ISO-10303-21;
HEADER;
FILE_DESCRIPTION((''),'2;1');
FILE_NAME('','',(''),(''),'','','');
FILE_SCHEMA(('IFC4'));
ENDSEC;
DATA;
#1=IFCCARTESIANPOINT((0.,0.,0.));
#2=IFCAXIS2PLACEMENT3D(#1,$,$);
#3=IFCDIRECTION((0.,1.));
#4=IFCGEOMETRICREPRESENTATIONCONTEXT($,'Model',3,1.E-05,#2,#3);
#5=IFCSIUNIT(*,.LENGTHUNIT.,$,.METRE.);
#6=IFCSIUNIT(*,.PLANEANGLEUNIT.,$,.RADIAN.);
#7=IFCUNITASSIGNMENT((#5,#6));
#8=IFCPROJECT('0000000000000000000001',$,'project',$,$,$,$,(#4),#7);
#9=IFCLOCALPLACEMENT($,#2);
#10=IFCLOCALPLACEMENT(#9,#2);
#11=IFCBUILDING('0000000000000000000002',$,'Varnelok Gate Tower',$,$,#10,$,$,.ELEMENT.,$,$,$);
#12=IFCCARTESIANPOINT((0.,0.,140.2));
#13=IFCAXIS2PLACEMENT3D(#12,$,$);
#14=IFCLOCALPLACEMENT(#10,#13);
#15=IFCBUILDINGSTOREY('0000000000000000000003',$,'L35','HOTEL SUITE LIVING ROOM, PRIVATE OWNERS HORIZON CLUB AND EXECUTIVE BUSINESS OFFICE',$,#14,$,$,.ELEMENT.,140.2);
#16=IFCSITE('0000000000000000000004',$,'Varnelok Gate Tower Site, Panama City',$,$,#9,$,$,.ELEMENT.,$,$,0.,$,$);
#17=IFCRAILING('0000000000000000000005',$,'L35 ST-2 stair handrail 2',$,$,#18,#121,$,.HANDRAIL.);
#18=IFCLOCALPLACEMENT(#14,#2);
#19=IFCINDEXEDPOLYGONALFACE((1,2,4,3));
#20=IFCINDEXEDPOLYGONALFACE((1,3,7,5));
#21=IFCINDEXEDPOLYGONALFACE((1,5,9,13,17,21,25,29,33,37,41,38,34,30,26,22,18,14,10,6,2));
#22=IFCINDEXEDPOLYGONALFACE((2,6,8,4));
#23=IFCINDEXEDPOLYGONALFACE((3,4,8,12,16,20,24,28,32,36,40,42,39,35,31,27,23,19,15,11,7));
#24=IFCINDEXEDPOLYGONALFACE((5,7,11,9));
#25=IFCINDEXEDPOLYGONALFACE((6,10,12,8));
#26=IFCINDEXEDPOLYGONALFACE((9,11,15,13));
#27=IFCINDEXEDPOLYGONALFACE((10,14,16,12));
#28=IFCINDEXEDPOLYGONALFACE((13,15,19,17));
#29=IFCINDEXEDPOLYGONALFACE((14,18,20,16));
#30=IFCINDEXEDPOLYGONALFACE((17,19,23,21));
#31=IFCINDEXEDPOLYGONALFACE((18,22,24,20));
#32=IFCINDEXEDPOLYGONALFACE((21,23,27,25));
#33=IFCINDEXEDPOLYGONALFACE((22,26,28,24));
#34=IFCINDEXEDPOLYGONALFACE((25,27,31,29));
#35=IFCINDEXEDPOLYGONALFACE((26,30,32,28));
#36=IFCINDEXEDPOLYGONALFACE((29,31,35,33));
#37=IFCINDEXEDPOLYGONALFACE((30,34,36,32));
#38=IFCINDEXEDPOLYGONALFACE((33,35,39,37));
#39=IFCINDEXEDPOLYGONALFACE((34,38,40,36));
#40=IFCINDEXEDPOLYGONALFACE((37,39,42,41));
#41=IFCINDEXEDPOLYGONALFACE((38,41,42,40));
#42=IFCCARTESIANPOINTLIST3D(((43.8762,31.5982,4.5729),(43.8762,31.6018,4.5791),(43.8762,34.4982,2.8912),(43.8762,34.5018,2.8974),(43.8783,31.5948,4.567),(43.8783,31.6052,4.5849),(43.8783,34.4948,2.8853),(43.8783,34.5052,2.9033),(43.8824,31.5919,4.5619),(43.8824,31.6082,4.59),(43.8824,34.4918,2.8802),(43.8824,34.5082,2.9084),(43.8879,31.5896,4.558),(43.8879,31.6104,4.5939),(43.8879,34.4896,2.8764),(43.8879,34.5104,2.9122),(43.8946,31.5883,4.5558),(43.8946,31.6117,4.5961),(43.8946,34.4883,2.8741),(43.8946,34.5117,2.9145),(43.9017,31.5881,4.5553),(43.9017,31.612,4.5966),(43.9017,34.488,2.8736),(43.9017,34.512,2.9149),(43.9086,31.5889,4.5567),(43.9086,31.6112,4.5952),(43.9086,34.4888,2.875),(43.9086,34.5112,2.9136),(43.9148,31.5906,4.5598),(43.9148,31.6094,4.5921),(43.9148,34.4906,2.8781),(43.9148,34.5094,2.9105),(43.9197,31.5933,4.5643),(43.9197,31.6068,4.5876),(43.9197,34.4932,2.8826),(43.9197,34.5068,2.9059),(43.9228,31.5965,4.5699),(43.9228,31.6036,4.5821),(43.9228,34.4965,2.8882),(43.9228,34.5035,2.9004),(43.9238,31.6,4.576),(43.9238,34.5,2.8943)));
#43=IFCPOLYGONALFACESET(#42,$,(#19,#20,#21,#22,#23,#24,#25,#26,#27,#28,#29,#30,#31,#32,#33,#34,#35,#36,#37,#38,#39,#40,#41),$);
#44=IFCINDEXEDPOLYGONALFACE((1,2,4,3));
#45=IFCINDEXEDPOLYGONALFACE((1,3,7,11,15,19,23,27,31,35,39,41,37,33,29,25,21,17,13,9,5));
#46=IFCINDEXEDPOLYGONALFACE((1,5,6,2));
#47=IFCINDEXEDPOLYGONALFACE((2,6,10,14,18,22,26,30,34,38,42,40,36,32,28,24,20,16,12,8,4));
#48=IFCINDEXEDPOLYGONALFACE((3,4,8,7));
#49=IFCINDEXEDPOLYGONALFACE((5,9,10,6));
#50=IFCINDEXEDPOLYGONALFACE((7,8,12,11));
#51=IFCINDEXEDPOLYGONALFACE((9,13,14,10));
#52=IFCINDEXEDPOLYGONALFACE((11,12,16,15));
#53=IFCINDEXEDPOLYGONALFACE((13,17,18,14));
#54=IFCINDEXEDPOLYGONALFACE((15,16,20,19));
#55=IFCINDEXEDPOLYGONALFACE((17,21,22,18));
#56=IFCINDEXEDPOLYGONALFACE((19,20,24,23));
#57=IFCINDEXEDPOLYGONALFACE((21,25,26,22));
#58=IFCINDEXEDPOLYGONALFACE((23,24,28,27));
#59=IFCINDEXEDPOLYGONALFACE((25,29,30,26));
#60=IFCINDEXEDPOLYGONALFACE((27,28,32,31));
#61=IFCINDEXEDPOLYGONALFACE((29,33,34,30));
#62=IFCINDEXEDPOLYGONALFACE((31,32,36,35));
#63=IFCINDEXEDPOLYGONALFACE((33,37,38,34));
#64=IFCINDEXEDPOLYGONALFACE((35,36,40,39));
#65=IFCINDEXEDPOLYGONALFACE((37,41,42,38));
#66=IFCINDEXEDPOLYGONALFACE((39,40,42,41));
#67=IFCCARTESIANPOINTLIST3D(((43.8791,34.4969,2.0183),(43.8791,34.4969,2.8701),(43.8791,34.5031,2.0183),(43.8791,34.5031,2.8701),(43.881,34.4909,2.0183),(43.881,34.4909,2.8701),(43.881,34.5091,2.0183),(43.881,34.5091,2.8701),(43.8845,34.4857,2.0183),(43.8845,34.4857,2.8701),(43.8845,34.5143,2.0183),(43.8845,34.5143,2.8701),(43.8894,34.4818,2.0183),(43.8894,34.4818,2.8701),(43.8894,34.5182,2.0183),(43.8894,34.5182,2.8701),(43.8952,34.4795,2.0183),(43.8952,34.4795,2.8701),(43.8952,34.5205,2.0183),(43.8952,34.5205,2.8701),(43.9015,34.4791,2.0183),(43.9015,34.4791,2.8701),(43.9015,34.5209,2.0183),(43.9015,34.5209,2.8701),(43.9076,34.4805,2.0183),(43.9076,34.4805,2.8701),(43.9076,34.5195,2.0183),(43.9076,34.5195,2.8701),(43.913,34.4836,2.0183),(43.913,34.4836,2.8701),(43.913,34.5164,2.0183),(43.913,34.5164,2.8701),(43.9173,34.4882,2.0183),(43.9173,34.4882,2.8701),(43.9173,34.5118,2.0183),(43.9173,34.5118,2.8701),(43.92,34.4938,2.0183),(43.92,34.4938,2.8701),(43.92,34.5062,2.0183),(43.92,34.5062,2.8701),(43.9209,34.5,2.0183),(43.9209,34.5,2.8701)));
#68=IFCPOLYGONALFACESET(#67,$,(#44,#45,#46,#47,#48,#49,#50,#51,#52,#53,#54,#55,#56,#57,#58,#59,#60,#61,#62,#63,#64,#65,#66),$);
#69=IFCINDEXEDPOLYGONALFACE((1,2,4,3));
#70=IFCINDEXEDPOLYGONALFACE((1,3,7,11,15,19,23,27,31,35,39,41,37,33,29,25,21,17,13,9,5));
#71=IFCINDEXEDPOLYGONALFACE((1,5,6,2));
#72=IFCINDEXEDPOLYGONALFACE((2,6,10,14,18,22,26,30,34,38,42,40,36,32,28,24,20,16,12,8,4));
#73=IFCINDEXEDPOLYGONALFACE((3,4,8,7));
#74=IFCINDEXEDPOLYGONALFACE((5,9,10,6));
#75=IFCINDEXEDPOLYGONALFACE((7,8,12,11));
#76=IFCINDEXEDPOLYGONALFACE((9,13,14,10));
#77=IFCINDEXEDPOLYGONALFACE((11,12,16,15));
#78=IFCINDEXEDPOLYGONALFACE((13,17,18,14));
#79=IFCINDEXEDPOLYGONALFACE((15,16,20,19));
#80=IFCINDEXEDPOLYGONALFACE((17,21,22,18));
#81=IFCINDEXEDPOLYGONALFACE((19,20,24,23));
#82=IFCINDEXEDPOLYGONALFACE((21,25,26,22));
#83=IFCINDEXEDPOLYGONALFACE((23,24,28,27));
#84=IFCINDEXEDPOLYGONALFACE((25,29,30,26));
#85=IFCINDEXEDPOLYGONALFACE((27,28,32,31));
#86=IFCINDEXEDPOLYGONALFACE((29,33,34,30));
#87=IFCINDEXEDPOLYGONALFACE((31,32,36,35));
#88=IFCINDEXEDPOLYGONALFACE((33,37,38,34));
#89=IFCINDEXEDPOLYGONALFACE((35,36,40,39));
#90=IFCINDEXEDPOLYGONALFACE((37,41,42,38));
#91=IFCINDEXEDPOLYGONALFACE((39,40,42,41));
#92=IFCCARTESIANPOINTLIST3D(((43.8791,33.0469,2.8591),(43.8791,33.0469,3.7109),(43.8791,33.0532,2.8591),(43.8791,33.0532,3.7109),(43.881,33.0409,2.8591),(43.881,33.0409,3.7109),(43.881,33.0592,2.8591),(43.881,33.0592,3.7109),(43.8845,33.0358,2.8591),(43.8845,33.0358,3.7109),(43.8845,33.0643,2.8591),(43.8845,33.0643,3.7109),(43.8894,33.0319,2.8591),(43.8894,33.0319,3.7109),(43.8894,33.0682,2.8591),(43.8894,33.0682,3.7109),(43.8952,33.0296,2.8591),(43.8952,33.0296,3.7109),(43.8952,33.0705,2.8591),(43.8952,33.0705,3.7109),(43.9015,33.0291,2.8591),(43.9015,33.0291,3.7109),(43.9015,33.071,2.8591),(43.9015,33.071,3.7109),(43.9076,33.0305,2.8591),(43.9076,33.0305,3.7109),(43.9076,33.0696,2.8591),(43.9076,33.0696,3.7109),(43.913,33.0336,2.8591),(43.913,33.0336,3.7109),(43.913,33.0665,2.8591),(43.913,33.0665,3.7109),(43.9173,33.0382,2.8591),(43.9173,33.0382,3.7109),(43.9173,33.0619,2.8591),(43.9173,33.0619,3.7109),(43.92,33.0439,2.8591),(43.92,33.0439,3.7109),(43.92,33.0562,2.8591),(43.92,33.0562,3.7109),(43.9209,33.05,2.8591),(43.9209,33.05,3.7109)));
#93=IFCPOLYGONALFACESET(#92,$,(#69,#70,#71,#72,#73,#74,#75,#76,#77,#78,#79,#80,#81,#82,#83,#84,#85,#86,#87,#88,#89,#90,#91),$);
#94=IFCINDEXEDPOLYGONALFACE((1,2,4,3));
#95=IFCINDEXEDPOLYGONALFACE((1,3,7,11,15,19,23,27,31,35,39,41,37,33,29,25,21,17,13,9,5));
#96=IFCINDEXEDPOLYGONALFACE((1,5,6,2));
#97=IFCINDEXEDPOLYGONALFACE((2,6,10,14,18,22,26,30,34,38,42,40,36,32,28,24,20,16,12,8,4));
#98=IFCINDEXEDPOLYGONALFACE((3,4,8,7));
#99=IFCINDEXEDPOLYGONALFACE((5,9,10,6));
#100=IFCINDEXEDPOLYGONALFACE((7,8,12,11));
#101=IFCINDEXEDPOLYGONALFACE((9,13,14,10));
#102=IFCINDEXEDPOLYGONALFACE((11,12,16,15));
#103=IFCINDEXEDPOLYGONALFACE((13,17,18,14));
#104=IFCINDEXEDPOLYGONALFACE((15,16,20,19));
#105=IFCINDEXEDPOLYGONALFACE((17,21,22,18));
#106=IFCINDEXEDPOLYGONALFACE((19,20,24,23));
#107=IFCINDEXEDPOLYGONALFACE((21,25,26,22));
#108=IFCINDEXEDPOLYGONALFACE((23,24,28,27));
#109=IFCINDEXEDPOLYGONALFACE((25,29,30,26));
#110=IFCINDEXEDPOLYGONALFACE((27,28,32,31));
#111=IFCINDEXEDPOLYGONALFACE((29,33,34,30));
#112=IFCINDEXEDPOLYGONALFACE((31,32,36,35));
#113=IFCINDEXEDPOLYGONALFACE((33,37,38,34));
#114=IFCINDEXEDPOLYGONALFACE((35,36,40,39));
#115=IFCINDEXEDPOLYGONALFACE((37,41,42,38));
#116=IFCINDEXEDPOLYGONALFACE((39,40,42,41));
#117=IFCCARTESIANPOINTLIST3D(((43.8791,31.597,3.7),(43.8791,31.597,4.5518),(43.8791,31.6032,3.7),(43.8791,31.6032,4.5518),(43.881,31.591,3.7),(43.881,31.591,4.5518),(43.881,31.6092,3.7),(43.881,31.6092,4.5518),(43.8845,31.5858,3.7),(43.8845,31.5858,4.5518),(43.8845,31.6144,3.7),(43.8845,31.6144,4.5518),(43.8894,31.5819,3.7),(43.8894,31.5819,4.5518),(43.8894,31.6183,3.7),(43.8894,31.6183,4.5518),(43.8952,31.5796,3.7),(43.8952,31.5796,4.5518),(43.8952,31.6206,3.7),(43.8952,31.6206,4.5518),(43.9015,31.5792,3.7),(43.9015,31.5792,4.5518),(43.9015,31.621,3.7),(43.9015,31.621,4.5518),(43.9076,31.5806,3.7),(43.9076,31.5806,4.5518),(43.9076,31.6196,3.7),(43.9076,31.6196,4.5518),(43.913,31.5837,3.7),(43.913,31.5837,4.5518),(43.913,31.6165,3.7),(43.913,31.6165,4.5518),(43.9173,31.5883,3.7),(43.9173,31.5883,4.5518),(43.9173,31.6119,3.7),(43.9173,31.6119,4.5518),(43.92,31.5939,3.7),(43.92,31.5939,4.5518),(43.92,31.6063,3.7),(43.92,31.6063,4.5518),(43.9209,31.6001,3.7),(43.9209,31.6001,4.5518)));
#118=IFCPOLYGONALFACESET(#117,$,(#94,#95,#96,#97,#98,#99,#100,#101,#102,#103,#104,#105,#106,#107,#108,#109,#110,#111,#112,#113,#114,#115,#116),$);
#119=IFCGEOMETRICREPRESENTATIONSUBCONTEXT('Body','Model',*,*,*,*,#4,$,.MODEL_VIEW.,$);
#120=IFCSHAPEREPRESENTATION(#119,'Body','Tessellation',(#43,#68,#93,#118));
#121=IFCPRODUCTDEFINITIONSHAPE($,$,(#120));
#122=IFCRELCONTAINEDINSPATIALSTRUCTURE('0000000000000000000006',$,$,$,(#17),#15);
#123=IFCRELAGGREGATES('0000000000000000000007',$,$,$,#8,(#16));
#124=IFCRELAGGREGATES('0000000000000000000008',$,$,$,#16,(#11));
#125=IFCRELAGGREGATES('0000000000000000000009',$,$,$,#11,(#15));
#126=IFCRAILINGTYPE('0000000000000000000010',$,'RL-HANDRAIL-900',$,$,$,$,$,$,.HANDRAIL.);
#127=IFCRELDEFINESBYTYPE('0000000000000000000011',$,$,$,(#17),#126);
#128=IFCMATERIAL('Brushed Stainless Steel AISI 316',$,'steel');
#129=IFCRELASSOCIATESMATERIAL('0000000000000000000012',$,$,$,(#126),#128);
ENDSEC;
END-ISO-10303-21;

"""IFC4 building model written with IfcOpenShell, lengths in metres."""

from ifc_helpers import new_model, si_unit, direction, frame, origin, origin_2d, place, context, subcontext, project, spatial, circle, extrude, material, type_object, element, save


model = new_model("IFC4")

# Units and contexts
model_context = context("Model", 3, precision=1e-05, world=origin(), true_north=direction((0.0, 1.0)))
body_context = subcontext(model_context, "Body", "Model", "MODEL_VIEW")
ifc_project = project(units=[si_unit("LENGTHUNIT", "METRE"), si_unit("PLANEANGLEUNIT", "RADIAN")], contexts=[model_context])

# Site, building, storey
site_placement = place(None, origin())
site = spatial("IfcSite", under=ifc_project, at=site_placement, Name="Varnelok Gate Tower Site, Panama City", CompositionType="ELEMENT", RefElevation=0.0)
building_placement = place(site_placement, origin())
building = spatial("IfcBuilding", under=site, at=building_placement, Name="Varnelok Gate Tower", CompositionType="ELEMENT")
storey_placement = place(building_placement, frame((0.0, 0.0, 140.2)))
storey = spatial("IfcBuildingStorey", under=building, at=storey_placement, Name="L35", Description="HOTEL SUITE LIVING ROOM, PRIVATE OWNERS HORIZON CLUB AND EXECUTIVE BUSINESS OFFICE", CompositionType="ELEMENT", Elevation=140.2)

# Railing
ifc_material_1 = material(Name="Brushed Stainless Steel AISI 316", Category="steel")
railing_type_1 = type_object("IfcRailingType", Name="RL-HANDRAIL-900", PredefinedType="HANDRAIL", material=ifc_material_1)
railing_1_placement = place(storey_placement, frame((43.8999, 34.5, 2.0183)))
element("IfcRailing", 1, at=railing_1_placement, inside=storey, type_object=railing_type_1, Name="L35 ST-2 stair handrail 2", PredefinedType="HANDRAIL", context=body_context, shape_type="SweptSolid", body=[
    extrude(circle(Radius=0.0239, at=origin_2d()), frame((0.0, 0.0, 0.876), z_axis=(0.0, -0.86507, 0.501651), x_axis=(1.0, 0.0, 0.0)), (0.0, 0.0, 1.0), 3.3523),
    extrude(circle(Radius=0.021, at=origin_2d()), origin(), (0.0, 0.0, 1.0), 0.8518),
    extrude(circle(Radius=0.021, at=origin_2d()), frame((0.0, -1.45, 0.8408)), (0.0, 0.0, 1.0), 0.8518),
    extrude(circle(Radius=0.021, at=origin_2d()), frame((0.0, -2.8999, 1.6816)), (0.0, 0.0, 1.0), 0.8518),
])

save(model, "model.ifc")
